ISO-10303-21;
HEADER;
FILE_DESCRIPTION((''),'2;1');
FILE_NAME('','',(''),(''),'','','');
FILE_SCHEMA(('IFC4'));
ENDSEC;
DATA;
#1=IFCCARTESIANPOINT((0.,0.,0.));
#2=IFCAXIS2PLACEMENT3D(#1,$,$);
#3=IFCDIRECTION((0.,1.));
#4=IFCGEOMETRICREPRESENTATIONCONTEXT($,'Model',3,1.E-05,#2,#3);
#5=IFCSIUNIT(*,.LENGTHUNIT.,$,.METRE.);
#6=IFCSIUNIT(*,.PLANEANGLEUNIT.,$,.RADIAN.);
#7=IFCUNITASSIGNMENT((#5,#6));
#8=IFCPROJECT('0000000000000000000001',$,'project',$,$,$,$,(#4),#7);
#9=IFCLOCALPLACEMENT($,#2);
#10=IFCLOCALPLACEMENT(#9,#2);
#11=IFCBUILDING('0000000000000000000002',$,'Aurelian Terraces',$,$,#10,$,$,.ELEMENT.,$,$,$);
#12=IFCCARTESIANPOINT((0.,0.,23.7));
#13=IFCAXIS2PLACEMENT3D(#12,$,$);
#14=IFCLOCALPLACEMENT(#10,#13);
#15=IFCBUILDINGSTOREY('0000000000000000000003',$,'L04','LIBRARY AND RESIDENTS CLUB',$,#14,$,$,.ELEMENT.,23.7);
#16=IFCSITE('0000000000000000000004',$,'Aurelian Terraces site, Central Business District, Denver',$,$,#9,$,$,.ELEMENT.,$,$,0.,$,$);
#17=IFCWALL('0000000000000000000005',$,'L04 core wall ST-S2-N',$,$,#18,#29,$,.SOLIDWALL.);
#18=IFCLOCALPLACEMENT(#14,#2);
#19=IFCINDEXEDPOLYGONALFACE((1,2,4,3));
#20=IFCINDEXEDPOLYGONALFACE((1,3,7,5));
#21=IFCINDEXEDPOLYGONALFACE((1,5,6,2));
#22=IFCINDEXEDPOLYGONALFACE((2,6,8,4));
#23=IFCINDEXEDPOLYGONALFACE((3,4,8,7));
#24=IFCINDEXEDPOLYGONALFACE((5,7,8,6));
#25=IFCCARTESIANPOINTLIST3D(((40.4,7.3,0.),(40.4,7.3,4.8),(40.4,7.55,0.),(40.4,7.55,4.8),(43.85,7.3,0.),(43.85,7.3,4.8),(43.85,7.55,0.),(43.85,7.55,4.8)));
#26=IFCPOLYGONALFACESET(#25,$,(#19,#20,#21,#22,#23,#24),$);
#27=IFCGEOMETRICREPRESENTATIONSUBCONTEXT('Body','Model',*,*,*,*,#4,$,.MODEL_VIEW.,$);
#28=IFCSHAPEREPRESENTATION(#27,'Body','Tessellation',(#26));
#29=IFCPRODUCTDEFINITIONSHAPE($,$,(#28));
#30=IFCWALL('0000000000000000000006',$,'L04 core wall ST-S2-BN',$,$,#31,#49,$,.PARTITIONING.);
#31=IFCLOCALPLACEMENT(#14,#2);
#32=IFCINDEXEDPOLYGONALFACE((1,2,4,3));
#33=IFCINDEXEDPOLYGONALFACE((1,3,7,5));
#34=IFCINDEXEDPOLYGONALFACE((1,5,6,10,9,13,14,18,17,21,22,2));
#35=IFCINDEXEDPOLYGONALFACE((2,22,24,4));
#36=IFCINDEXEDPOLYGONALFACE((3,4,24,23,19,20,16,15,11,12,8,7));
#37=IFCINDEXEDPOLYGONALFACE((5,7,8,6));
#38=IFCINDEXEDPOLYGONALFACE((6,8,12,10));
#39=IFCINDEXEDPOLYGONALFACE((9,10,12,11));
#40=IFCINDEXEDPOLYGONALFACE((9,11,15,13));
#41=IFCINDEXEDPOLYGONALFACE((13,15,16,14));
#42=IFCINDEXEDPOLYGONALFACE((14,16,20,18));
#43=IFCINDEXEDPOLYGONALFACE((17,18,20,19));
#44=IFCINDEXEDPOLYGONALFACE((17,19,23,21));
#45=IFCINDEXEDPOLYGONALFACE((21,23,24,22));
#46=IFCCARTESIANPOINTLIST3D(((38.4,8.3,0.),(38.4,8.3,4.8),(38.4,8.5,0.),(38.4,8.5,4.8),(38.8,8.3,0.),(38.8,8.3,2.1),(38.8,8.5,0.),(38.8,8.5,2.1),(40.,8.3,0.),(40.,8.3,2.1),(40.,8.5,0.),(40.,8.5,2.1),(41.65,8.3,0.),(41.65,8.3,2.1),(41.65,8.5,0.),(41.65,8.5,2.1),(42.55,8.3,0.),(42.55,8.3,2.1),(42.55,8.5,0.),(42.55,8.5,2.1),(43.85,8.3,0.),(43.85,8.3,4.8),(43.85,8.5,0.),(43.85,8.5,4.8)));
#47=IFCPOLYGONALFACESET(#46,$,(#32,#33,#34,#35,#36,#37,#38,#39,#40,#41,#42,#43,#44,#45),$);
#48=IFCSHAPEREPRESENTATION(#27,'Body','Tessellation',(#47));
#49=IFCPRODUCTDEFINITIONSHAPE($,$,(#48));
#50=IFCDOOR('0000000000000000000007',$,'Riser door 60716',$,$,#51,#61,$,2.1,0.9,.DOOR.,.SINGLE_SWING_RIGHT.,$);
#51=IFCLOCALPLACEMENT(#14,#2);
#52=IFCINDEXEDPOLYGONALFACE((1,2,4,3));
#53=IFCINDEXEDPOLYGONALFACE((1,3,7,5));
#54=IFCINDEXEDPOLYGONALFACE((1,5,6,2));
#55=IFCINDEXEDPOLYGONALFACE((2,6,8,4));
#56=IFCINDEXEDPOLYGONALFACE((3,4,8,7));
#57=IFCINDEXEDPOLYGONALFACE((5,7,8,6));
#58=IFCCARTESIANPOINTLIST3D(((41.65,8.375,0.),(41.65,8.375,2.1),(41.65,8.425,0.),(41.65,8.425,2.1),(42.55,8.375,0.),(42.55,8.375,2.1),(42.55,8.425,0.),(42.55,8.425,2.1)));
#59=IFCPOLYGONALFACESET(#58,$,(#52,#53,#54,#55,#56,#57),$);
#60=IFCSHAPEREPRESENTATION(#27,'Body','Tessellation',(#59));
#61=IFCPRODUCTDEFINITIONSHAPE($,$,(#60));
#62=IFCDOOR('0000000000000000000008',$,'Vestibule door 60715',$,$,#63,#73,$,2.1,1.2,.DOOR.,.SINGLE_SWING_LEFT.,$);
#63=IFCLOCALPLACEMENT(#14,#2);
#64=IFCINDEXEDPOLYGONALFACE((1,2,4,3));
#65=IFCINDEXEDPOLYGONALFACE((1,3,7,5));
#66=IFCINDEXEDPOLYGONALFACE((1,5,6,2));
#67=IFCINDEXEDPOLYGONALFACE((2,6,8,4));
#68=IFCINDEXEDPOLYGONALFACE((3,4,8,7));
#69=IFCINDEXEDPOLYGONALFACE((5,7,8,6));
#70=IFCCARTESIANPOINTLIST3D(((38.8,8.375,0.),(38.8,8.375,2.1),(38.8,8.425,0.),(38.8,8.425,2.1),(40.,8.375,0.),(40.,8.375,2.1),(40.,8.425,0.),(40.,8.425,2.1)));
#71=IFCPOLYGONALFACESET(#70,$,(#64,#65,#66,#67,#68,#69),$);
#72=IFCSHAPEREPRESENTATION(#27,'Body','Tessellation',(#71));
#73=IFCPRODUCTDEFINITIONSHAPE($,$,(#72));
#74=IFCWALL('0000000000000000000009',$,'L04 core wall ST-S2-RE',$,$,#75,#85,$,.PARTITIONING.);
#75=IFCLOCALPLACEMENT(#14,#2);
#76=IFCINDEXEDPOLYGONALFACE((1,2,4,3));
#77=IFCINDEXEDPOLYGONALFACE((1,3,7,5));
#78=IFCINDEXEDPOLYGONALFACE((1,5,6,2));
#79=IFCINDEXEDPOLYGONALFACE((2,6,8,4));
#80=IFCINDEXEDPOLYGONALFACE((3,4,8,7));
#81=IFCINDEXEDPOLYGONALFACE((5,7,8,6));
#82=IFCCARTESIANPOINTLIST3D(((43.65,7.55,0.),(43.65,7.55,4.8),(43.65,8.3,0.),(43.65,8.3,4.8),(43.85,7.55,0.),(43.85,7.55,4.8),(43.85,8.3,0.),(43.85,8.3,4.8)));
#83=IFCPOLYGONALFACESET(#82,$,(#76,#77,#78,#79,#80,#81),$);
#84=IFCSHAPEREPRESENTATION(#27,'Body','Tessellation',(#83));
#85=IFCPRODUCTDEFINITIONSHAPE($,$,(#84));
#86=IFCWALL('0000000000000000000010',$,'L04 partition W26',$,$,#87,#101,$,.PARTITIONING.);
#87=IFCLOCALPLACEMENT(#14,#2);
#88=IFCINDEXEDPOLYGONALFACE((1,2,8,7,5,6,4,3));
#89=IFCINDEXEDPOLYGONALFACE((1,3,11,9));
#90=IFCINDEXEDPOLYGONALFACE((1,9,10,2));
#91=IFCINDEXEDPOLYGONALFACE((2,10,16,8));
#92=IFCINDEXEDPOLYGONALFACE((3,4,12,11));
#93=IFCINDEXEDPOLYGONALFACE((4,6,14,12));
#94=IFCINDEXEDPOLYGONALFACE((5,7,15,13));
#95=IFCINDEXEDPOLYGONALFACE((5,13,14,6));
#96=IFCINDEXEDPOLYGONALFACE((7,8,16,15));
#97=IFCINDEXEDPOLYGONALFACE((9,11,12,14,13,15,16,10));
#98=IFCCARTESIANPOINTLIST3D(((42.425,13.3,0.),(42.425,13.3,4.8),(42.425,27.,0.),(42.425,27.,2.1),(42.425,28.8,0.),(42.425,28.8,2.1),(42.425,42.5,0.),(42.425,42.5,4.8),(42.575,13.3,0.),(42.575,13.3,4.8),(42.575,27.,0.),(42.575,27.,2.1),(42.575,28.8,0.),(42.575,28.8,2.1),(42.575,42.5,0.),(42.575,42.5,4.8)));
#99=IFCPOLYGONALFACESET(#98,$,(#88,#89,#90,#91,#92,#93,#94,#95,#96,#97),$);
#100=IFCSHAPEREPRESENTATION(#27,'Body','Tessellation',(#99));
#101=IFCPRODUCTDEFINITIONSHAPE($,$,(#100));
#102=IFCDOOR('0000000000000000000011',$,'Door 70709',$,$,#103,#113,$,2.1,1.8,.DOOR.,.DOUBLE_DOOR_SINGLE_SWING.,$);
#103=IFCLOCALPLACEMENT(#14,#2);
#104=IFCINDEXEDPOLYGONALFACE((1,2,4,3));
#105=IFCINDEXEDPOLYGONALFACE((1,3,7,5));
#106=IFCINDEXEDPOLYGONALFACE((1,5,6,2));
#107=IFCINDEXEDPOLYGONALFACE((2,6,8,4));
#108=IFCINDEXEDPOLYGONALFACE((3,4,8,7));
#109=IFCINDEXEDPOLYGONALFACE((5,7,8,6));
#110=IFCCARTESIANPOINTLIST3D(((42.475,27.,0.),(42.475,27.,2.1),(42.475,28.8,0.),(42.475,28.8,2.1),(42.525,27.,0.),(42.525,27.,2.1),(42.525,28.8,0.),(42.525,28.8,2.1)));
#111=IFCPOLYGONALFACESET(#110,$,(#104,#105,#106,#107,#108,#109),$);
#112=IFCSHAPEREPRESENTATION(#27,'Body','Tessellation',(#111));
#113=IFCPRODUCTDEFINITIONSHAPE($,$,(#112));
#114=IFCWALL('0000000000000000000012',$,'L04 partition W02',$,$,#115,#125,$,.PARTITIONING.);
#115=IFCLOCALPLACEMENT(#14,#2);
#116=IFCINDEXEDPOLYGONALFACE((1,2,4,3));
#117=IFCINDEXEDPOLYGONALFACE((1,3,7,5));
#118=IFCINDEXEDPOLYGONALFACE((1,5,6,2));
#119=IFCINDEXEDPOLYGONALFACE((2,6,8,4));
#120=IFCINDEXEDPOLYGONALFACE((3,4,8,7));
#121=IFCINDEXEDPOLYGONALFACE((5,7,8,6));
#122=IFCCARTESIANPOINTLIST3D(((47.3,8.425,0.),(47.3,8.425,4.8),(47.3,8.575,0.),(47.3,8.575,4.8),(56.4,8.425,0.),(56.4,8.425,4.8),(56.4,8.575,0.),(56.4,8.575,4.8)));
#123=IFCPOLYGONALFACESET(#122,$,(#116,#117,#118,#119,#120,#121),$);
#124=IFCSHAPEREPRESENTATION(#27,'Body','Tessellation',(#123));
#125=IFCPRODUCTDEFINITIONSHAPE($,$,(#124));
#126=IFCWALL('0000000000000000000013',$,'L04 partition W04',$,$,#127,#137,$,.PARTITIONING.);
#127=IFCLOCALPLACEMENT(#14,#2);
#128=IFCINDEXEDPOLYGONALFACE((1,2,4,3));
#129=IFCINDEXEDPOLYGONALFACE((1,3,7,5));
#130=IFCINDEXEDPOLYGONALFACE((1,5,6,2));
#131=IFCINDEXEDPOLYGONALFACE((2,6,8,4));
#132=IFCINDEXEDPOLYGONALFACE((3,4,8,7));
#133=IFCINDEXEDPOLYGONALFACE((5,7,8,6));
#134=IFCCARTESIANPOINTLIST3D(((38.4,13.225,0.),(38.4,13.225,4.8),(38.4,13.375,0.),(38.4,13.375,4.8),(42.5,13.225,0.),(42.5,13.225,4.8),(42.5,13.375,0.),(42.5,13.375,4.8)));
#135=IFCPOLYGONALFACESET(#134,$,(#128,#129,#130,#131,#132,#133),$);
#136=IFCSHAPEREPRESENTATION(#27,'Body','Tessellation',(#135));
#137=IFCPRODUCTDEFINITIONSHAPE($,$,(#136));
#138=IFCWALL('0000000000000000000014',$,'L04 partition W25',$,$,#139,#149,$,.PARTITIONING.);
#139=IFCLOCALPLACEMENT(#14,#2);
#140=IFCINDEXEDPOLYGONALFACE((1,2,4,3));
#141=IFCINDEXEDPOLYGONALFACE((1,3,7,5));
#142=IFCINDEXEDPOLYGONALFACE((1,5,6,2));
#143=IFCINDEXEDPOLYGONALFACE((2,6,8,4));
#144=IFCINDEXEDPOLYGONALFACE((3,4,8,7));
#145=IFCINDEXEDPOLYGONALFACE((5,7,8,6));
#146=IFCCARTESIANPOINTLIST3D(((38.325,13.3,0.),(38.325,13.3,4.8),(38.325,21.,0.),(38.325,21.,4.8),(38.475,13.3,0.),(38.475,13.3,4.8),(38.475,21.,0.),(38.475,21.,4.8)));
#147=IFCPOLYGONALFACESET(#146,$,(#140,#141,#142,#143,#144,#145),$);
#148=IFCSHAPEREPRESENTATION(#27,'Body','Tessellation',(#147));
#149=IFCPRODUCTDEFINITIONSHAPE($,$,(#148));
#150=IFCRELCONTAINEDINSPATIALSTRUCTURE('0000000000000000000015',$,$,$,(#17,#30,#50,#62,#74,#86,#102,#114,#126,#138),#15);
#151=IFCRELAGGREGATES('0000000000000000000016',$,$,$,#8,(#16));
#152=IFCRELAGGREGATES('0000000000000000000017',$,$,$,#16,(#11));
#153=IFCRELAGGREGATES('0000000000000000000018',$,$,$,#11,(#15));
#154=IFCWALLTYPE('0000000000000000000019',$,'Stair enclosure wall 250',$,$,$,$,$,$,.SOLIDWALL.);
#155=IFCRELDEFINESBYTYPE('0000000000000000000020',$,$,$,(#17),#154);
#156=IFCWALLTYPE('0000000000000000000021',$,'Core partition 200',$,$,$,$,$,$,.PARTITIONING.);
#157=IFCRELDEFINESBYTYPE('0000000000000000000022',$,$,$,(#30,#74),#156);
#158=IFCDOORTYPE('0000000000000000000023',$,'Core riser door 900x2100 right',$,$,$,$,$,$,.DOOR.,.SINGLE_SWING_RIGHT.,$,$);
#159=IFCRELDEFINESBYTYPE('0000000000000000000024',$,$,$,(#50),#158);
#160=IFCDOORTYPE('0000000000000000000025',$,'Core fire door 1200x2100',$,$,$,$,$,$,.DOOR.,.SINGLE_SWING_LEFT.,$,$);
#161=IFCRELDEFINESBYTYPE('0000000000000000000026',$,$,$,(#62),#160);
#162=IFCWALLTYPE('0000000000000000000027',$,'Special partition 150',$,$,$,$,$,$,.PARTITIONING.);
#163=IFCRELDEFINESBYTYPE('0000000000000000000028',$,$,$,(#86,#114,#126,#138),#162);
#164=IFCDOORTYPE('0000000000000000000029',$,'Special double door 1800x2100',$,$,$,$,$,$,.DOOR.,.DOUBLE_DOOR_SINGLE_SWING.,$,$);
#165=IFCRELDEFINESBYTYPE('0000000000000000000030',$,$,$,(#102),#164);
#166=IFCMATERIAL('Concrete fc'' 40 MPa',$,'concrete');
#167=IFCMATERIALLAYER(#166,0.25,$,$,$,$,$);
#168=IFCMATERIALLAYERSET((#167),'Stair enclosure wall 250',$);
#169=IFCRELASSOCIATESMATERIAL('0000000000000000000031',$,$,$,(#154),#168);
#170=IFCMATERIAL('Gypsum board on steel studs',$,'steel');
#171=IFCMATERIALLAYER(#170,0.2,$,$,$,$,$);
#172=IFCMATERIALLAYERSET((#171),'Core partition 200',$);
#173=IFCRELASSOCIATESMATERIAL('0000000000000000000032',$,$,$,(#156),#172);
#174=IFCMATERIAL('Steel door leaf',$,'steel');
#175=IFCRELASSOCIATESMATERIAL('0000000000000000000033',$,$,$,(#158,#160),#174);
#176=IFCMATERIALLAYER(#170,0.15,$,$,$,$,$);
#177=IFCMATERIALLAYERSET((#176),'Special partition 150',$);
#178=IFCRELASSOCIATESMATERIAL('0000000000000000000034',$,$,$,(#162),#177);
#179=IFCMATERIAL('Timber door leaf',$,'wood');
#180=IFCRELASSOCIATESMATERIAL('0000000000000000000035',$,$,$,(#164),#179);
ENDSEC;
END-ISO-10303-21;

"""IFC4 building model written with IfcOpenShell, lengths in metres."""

from ifc_helpers import new_model, si_unit, direction, frame, frame_2d, origin, place, context, subcontext, project, spatial, rectangle, extrude, source, transform, mapped, material, layer, layer_set, type_object, element, fill, save


model = new_model("IFC4")

# Units and contexts
model_context = context("Model", 3, precision=1e-05, world=origin(), true_north=direction((0.0, 1.0)))
body_context = subcontext(model_context, "Body", "Model", "MODEL_VIEW")
ifc_project = project(units=[si_unit("LENGTHUNIT", "METRE"), si_unit("PLANEANGLEUNIT", "RADIAN")], contexts=[model_context])

# Site, building, storey
site_placement = place(None, origin())
site = spatial("IfcSite", under=ifc_project, at=site_placement, Name="Aurelian Terraces site, Central Business District, Denver", CompositionType="ELEMENT", RefElevation=0.0)
building_placement = place(site_placement, origin())
building = spatial("IfcBuilding", under=site, at=building_placement, Name="Aurelian Terraces", CompositionType="ELEMENT")
storey_placement = place(building_placement, frame((0.0, 0.0, 23.7)))
storey = spatial("IfcBuildingStorey", under=building, at=storey_placement, Name="L04", Description="LIBRARY AND RESIDENTS CLUB", CompositionType="ELEMENT", Elevation=23.7)

# Wall
ifc_material_1 = material(Name="Concrete fc' 40 MPa", Category="concrete")
ifc_layer_1 = layer(ifc_material_1, 0.25)
ifc_layer_set_1 = layer_set([ifc_layer_1], Name="Stair enclosure wall 250")
wall_type_1 = type_object("IfcWallType", Name="Stair enclosure wall 250", PredefinedType="SOLIDWALL", material=ifc_layer_set_1)
shared_shape_1 = source(origin(), body_context, "Body", "SweptSolid", [
    extrude(rectangle(XDim=3.45, YDim=0.25, at=frame_2d((1.725, 0.0))), origin(), (0.0, 0.0, 1.0), 4.8),
])
wall_1_placement = place(storey_placement, frame((40.4, 7.425, 0.0), z_axis=(0.0, 0.0, 1.0), x_axis=(1.0, 0.0, 0.0)))
element("IfcWall", 1, at=wall_1_placement, inside=storey, type_object=wall_type_1, Name="L04 core wall ST-S2-N", PredefinedType="SOLIDWALL", context=body_context, shape_type="MappedRepresentation", body=[
    mapped(shared_shape_1, transform((0.0, 0.0, 0.0), scale=1.0)),
])

# Wall, openings, doors
ifc_material_2 = material(Name="Gypsum board on steel studs", Category="steel")
ifc_layer_2 = layer(ifc_material_2, 0.2)
ifc_layer_set_2 = layer_set([ifc_layer_2], Name="Core partition 200")
wall_type_2 = type_object("IfcWallType", Name="Core partition 200", PredefinedType="PARTITIONING", material=ifc_layer_set_2)
shared_shape_2 = source(origin(), body_context, "Body", "SweptSolid", [
    extrude(rectangle(XDim=5.45, YDim=0.2, at=frame_2d((2.725, 0.0))), origin(), (0.0, 0.0, 1.0), 4.8),
])
wall_2_placement = place(storey_placement, frame((38.4, 8.4, 0.0), z_axis=(0.0, 0.0, 1.0), x_axis=(1.0, 0.0, 0.0)))
wall_2 = element("IfcWall", 2, at=wall_2_placement, inside=storey, type_object=wall_type_2, Name="L04 core wall ST-S2-BN", PredefinedType="PARTITIONING", context=body_context, shape_type="MappedRepresentation", body=[
    mapped(shared_shape_2, transform((0.0, 0.0, 0.0), scale=1.0)),
])
shared_shape_3 = source(origin(), body_context, "Body", "SweptSolid", [
    extrude(rectangle(XDim=1.2, YDim=2.1, at=frame_2d((0.6, 1.05))), frame((0.0, 0.11, 0.0), z_axis=(0.0, -1.0, 0.0), x_axis=(1.0, 0.0, 0.0)), (0.0, 0.0, 1.0), 0.22),
])
opening_1_placement = place(wall_2_placement, frame((0.4, 0.0, 0.0)))
opening_1 = element("IfcOpeningElement", 3, at=opening_1_placement, cuts=wall_2, PredefinedType="OPENING", context=body_context, shape_type="MappedRepresentation", body=[
    mapped(shared_shape_3, transform((0.0, 0.0, 0.0), scale=1.0)),
])
shared_shape_4 = source(origin(), body_context, "Body", "SweptSolid", [
    extrude(rectangle(XDim=0.9, YDim=2.1, at=frame_2d((0.45, 1.05))), frame((0.0, 0.11, 0.0), z_axis=(0.0, -1.0, 0.0), x_axis=(1.0, 0.0, 0.0)), (0.0, 0.0, 1.0), 0.22),
])
opening_2_placement = place(wall_2_placement, frame((3.25, 0.0, 0.0)))
opening_2 = element("IfcOpeningElement", 4, at=opening_2_placement, cuts=wall_2, PredefinedType="OPENING", context=body_context, shape_type="MappedRepresentation", body=[
    mapped(shared_shape_4, transform((0.0, 0.0, 0.0), scale=1.0)),
])
ifc_material_3 = material(Name="Steel door leaf", Category="steel")
door_type_1 = type_object("IfcDoorType", Name="Core riser door 900x2100 right", OperationType="SINGLE_SWING_RIGHT", PredefinedType="DOOR", material=ifc_material_3)
shared_shape_5 = source(origin(), body_context, "Body", "SweptSolid", [
    extrude(rectangle(XDim=0.9, YDim=2.1, at=frame_2d((0.45, 1.05))), frame((0.0, 0.025, 0.0), z_axis=(0.0, -1.0, 0.0), x_axis=(1.0, 0.0, 0.0)), (0.0, 0.0, 1.0), 0.05),
])
door_1_placement = place(opening_2_placement, origin())
door_1 = element("IfcDoor", 5, at=door_1_placement, inside=storey, type_object=door_type_1, Name="Riser door 60716", OperationType="SINGLE_SWING_RIGHT", OverallHeight=2.1, OverallWidth=0.9, PredefinedType="DOOR", context=body_context, shape_type="MappedRepresentation", body=[
    mapped(shared_shape_5, transform((0.0, 0.0, 0.0), scale=1.0)),
])
fill(opening_2, door_1)
door_type_2 = type_object("IfcDoorType", Name="Core fire door 1200x2100", OperationType="SINGLE_SWING_LEFT", PredefinedType="DOOR", material=ifc_material_3)
shared_shape_6 = source(origin(), body_context, "Body", "SweptSolid", [
    extrude(rectangle(XDim=1.2, YDim=2.1, at=frame_2d((0.6, 1.05))), frame((0.0, 0.025, 0.0), z_axis=(0.0, -1.0, 0.0), x_axis=(1.0, 0.0, 0.0)), (0.0, 0.0, 1.0), 0.05),
])
door_2_placement = place(opening_1_placement, origin())
door_2 = element("IfcDoor", 6, at=door_2_placement, inside=storey, type_object=door_type_2, Name="Vestibule door 60715", OperationType="SINGLE_SWING_LEFT", OverallHeight=2.1, OverallWidth=1.2, PredefinedType="DOOR", context=body_context, shape_type="MappedRepresentation", body=[
    mapped(shared_shape_6, transform((0.0, 0.0, 0.0), scale=1.0)),
])
fill(opening_1, door_2)

# Wall
shared_shape_7 = source(origin(), body_context, "Body", "SweptSolid", [
    extrude(rectangle(XDim=0.75, YDim=0.2, at=frame_2d((0.375, 0.0))), origin(), (0.0, 0.0, 1.0), 4.8),
])
wall_3_placement = place(storey_placement, frame((43.75, 7.55, 0.0), z_axis=(0.0, 0.0, 1.0), x_axis=(0.0, 1.0, 0.0)))
element("IfcWall", 7, at=wall_3_placement, inside=storey, type_object=wall_type_2, Name="L04 core wall ST-S2-RE", PredefinedType="PARTITIONING", context=body_context, shape_type="MappedRepresentation", body=[
    mapped(shared_shape_7, transform((0.0, 0.0, 0.0), scale=1.0)),
])

# Wall, opening, door
ifc_layer_3 = layer(ifc_material_2, 0.15)
ifc_layer_set_3 = layer_set([ifc_layer_3], Name="Special partition 150")
wall_type_3 = type_object("IfcWallType", Name="Special partition 150", PredefinedType="PARTITIONING", material=ifc_layer_set_3)
shared_shape_8 = source(origin(), body_context, "Body", "SweptSolid", [
    extrude(rectangle(XDim=29.2, YDim=0.15, at=frame_2d((14.6, 0.0))), origin(), (0.0, 0.0, 1.0), 4.8),
])
wall_4_placement = place(storey_placement, frame((42.5, 13.3, 0.0), z_axis=(0.0, 0.0, 1.0), x_axis=(0.0, 1.0, 0.0)))
wall_4 = element("IfcWall", 8, at=wall_4_placement, inside=storey, type_object=wall_type_3, Name="L04 partition W26", PredefinedType="PARTITIONING", context=body_context, shape_type="MappedRepresentation", body=[
    mapped(shared_shape_8, transform((0.0, 0.0, 0.0), scale=1.0)),
])
shared_shape_9 = source(origin(), body_context, "Body", "SweptSolid", [
    extrude(rectangle(XDim=1.8, YDim=2.1, at=frame_2d((0.9, 1.05))), frame((0.0, 0.085, 0.0), z_axis=(0.0, -1.0, 0.0), x_axis=(1.0, 0.0, 0.0)), (0.0, 0.0, 1.0), 0.17),
])
opening_3_placement = place(wall_4_placement, frame((13.7, 0.0, 0.0)))
opening_3 = element("IfcOpeningElement", 9, at=opening_3_placement, cuts=wall_4, PredefinedType="OPENING", context=body_context, shape_type="MappedRepresentation", body=[
    mapped(shared_shape_9, transform((0.0, 0.0, 0.0), scale=1.0)),
])
ifc_material_4 = material(Name="Timber door leaf", Category="wood")
door_type_3 = type_object("IfcDoorType", Name="Special double door 1800x2100", OperationType="DOUBLE_DOOR_SINGLE_SWING", PredefinedType="DOOR", material=ifc_material_4)
shared_shape_10 = source(origin(), body_context, "Body", "SweptSolid", [
    extrude(rectangle(XDim=1.8, YDim=2.1, at=frame_2d((0.9, 1.05))), frame((0.0, 0.025, 0.0), z_axis=(0.0, -1.0, 0.0), x_axis=(1.0, 0.0, 0.0)), (0.0, 0.0, 1.0), 0.05),
])
door_3_placement = place(opening_3_placement, origin())
door_3 = element("IfcDoor", 10, at=door_3_placement, inside=storey, type_object=door_type_3, Name="Door 70709", OperationType="DOUBLE_DOOR_SINGLE_SWING", OverallHeight=2.1, OverallWidth=1.8, PredefinedType="DOOR", context=body_context, shape_type="MappedRepresentation", body=[
    mapped(shared_shape_10, transform((0.0, 0.0, 0.0), scale=1.0)),
])
fill(opening_3, door_3)

# Walls
shared_shape_11 = source(origin(), body_context, "Body", "SweptSolid", [
    extrude(rectangle(XDim=9.1, YDim=0.15, at=frame_2d((4.55, 0.0))), origin(), (0.0, 0.0, 1.0), 4.8),
])
wall_5_placement = place(storey_placement, frame((47.3, 8.5, 0.0), z_axis=(0.0, 0.0, 1.0), x_axis=(1.0, 0.0, 0.0)))
element("IfcWall", 11, at=wall_5_placement, inside=storey, type_object=wall_type_3, Name="L04 partition W02", PredefinedType="PARTITIONING", context=body_context, shape_type="MappedRepresentation", body=[
    mapped(shared_shape_11, transform((0.0, 0.0, 0.0), scale=1.0)),
])
shared_shape_12 = source(origin(), body_context, "Body", "SweptSolid", [
    extrude(rectangle(XDim=4.1, YDim=0.15, at=frame_2d((2.05, 0.0))), origin(), (0.0, 0.0, 1.0), 4.8),
])
wall_6_placement = place(storey_placement, frame((38.4, 13.3, 0.0), z_axis=(0.0, 0.0, 1.0), x_axis=(1.0, 0.0, 0.0)))
element("IfcWall", 12, at=wall_6_placement, inside=storey, type_object=wall_type_3, Name="L04 partition W04", PredefinedType="PARTITIONING", context=body_context, shape_type="MappedRepresentation", body=[
    mapped(shared_shape_12, transform((0.0, 0.0, 0.0), scale=1.0)),
])
shared_shape_13 = source(origin(), body_context, "Body", "SweptSolid", [
    extrude(rectangle(XDim=7.7, YDim=0.15, at=frame_2d((3.85, 0.0))), origin(), (0.0, 0.0, 1.0), 4.8),
])
wall_7_placement = place(storey_placement, frame((38.4, 13.3, 0.0), z_axis=(0.0, 0.0, 1.0), x_axis=(0.0, 1.0, 0.0)))
element("IfcWall", 13, at=wall_7_placement, inside=storey, type_object=wall_type_3, Name="L04 partition W25", PredefinedType="PARTITIONING", context=body_context, shape_type="MappedRepresentation", body=[
    mapped(shared_shape_13, transform((0.0, 0.0, 0.0), scale=1.0)),
])

save(model, "model.ifc")
